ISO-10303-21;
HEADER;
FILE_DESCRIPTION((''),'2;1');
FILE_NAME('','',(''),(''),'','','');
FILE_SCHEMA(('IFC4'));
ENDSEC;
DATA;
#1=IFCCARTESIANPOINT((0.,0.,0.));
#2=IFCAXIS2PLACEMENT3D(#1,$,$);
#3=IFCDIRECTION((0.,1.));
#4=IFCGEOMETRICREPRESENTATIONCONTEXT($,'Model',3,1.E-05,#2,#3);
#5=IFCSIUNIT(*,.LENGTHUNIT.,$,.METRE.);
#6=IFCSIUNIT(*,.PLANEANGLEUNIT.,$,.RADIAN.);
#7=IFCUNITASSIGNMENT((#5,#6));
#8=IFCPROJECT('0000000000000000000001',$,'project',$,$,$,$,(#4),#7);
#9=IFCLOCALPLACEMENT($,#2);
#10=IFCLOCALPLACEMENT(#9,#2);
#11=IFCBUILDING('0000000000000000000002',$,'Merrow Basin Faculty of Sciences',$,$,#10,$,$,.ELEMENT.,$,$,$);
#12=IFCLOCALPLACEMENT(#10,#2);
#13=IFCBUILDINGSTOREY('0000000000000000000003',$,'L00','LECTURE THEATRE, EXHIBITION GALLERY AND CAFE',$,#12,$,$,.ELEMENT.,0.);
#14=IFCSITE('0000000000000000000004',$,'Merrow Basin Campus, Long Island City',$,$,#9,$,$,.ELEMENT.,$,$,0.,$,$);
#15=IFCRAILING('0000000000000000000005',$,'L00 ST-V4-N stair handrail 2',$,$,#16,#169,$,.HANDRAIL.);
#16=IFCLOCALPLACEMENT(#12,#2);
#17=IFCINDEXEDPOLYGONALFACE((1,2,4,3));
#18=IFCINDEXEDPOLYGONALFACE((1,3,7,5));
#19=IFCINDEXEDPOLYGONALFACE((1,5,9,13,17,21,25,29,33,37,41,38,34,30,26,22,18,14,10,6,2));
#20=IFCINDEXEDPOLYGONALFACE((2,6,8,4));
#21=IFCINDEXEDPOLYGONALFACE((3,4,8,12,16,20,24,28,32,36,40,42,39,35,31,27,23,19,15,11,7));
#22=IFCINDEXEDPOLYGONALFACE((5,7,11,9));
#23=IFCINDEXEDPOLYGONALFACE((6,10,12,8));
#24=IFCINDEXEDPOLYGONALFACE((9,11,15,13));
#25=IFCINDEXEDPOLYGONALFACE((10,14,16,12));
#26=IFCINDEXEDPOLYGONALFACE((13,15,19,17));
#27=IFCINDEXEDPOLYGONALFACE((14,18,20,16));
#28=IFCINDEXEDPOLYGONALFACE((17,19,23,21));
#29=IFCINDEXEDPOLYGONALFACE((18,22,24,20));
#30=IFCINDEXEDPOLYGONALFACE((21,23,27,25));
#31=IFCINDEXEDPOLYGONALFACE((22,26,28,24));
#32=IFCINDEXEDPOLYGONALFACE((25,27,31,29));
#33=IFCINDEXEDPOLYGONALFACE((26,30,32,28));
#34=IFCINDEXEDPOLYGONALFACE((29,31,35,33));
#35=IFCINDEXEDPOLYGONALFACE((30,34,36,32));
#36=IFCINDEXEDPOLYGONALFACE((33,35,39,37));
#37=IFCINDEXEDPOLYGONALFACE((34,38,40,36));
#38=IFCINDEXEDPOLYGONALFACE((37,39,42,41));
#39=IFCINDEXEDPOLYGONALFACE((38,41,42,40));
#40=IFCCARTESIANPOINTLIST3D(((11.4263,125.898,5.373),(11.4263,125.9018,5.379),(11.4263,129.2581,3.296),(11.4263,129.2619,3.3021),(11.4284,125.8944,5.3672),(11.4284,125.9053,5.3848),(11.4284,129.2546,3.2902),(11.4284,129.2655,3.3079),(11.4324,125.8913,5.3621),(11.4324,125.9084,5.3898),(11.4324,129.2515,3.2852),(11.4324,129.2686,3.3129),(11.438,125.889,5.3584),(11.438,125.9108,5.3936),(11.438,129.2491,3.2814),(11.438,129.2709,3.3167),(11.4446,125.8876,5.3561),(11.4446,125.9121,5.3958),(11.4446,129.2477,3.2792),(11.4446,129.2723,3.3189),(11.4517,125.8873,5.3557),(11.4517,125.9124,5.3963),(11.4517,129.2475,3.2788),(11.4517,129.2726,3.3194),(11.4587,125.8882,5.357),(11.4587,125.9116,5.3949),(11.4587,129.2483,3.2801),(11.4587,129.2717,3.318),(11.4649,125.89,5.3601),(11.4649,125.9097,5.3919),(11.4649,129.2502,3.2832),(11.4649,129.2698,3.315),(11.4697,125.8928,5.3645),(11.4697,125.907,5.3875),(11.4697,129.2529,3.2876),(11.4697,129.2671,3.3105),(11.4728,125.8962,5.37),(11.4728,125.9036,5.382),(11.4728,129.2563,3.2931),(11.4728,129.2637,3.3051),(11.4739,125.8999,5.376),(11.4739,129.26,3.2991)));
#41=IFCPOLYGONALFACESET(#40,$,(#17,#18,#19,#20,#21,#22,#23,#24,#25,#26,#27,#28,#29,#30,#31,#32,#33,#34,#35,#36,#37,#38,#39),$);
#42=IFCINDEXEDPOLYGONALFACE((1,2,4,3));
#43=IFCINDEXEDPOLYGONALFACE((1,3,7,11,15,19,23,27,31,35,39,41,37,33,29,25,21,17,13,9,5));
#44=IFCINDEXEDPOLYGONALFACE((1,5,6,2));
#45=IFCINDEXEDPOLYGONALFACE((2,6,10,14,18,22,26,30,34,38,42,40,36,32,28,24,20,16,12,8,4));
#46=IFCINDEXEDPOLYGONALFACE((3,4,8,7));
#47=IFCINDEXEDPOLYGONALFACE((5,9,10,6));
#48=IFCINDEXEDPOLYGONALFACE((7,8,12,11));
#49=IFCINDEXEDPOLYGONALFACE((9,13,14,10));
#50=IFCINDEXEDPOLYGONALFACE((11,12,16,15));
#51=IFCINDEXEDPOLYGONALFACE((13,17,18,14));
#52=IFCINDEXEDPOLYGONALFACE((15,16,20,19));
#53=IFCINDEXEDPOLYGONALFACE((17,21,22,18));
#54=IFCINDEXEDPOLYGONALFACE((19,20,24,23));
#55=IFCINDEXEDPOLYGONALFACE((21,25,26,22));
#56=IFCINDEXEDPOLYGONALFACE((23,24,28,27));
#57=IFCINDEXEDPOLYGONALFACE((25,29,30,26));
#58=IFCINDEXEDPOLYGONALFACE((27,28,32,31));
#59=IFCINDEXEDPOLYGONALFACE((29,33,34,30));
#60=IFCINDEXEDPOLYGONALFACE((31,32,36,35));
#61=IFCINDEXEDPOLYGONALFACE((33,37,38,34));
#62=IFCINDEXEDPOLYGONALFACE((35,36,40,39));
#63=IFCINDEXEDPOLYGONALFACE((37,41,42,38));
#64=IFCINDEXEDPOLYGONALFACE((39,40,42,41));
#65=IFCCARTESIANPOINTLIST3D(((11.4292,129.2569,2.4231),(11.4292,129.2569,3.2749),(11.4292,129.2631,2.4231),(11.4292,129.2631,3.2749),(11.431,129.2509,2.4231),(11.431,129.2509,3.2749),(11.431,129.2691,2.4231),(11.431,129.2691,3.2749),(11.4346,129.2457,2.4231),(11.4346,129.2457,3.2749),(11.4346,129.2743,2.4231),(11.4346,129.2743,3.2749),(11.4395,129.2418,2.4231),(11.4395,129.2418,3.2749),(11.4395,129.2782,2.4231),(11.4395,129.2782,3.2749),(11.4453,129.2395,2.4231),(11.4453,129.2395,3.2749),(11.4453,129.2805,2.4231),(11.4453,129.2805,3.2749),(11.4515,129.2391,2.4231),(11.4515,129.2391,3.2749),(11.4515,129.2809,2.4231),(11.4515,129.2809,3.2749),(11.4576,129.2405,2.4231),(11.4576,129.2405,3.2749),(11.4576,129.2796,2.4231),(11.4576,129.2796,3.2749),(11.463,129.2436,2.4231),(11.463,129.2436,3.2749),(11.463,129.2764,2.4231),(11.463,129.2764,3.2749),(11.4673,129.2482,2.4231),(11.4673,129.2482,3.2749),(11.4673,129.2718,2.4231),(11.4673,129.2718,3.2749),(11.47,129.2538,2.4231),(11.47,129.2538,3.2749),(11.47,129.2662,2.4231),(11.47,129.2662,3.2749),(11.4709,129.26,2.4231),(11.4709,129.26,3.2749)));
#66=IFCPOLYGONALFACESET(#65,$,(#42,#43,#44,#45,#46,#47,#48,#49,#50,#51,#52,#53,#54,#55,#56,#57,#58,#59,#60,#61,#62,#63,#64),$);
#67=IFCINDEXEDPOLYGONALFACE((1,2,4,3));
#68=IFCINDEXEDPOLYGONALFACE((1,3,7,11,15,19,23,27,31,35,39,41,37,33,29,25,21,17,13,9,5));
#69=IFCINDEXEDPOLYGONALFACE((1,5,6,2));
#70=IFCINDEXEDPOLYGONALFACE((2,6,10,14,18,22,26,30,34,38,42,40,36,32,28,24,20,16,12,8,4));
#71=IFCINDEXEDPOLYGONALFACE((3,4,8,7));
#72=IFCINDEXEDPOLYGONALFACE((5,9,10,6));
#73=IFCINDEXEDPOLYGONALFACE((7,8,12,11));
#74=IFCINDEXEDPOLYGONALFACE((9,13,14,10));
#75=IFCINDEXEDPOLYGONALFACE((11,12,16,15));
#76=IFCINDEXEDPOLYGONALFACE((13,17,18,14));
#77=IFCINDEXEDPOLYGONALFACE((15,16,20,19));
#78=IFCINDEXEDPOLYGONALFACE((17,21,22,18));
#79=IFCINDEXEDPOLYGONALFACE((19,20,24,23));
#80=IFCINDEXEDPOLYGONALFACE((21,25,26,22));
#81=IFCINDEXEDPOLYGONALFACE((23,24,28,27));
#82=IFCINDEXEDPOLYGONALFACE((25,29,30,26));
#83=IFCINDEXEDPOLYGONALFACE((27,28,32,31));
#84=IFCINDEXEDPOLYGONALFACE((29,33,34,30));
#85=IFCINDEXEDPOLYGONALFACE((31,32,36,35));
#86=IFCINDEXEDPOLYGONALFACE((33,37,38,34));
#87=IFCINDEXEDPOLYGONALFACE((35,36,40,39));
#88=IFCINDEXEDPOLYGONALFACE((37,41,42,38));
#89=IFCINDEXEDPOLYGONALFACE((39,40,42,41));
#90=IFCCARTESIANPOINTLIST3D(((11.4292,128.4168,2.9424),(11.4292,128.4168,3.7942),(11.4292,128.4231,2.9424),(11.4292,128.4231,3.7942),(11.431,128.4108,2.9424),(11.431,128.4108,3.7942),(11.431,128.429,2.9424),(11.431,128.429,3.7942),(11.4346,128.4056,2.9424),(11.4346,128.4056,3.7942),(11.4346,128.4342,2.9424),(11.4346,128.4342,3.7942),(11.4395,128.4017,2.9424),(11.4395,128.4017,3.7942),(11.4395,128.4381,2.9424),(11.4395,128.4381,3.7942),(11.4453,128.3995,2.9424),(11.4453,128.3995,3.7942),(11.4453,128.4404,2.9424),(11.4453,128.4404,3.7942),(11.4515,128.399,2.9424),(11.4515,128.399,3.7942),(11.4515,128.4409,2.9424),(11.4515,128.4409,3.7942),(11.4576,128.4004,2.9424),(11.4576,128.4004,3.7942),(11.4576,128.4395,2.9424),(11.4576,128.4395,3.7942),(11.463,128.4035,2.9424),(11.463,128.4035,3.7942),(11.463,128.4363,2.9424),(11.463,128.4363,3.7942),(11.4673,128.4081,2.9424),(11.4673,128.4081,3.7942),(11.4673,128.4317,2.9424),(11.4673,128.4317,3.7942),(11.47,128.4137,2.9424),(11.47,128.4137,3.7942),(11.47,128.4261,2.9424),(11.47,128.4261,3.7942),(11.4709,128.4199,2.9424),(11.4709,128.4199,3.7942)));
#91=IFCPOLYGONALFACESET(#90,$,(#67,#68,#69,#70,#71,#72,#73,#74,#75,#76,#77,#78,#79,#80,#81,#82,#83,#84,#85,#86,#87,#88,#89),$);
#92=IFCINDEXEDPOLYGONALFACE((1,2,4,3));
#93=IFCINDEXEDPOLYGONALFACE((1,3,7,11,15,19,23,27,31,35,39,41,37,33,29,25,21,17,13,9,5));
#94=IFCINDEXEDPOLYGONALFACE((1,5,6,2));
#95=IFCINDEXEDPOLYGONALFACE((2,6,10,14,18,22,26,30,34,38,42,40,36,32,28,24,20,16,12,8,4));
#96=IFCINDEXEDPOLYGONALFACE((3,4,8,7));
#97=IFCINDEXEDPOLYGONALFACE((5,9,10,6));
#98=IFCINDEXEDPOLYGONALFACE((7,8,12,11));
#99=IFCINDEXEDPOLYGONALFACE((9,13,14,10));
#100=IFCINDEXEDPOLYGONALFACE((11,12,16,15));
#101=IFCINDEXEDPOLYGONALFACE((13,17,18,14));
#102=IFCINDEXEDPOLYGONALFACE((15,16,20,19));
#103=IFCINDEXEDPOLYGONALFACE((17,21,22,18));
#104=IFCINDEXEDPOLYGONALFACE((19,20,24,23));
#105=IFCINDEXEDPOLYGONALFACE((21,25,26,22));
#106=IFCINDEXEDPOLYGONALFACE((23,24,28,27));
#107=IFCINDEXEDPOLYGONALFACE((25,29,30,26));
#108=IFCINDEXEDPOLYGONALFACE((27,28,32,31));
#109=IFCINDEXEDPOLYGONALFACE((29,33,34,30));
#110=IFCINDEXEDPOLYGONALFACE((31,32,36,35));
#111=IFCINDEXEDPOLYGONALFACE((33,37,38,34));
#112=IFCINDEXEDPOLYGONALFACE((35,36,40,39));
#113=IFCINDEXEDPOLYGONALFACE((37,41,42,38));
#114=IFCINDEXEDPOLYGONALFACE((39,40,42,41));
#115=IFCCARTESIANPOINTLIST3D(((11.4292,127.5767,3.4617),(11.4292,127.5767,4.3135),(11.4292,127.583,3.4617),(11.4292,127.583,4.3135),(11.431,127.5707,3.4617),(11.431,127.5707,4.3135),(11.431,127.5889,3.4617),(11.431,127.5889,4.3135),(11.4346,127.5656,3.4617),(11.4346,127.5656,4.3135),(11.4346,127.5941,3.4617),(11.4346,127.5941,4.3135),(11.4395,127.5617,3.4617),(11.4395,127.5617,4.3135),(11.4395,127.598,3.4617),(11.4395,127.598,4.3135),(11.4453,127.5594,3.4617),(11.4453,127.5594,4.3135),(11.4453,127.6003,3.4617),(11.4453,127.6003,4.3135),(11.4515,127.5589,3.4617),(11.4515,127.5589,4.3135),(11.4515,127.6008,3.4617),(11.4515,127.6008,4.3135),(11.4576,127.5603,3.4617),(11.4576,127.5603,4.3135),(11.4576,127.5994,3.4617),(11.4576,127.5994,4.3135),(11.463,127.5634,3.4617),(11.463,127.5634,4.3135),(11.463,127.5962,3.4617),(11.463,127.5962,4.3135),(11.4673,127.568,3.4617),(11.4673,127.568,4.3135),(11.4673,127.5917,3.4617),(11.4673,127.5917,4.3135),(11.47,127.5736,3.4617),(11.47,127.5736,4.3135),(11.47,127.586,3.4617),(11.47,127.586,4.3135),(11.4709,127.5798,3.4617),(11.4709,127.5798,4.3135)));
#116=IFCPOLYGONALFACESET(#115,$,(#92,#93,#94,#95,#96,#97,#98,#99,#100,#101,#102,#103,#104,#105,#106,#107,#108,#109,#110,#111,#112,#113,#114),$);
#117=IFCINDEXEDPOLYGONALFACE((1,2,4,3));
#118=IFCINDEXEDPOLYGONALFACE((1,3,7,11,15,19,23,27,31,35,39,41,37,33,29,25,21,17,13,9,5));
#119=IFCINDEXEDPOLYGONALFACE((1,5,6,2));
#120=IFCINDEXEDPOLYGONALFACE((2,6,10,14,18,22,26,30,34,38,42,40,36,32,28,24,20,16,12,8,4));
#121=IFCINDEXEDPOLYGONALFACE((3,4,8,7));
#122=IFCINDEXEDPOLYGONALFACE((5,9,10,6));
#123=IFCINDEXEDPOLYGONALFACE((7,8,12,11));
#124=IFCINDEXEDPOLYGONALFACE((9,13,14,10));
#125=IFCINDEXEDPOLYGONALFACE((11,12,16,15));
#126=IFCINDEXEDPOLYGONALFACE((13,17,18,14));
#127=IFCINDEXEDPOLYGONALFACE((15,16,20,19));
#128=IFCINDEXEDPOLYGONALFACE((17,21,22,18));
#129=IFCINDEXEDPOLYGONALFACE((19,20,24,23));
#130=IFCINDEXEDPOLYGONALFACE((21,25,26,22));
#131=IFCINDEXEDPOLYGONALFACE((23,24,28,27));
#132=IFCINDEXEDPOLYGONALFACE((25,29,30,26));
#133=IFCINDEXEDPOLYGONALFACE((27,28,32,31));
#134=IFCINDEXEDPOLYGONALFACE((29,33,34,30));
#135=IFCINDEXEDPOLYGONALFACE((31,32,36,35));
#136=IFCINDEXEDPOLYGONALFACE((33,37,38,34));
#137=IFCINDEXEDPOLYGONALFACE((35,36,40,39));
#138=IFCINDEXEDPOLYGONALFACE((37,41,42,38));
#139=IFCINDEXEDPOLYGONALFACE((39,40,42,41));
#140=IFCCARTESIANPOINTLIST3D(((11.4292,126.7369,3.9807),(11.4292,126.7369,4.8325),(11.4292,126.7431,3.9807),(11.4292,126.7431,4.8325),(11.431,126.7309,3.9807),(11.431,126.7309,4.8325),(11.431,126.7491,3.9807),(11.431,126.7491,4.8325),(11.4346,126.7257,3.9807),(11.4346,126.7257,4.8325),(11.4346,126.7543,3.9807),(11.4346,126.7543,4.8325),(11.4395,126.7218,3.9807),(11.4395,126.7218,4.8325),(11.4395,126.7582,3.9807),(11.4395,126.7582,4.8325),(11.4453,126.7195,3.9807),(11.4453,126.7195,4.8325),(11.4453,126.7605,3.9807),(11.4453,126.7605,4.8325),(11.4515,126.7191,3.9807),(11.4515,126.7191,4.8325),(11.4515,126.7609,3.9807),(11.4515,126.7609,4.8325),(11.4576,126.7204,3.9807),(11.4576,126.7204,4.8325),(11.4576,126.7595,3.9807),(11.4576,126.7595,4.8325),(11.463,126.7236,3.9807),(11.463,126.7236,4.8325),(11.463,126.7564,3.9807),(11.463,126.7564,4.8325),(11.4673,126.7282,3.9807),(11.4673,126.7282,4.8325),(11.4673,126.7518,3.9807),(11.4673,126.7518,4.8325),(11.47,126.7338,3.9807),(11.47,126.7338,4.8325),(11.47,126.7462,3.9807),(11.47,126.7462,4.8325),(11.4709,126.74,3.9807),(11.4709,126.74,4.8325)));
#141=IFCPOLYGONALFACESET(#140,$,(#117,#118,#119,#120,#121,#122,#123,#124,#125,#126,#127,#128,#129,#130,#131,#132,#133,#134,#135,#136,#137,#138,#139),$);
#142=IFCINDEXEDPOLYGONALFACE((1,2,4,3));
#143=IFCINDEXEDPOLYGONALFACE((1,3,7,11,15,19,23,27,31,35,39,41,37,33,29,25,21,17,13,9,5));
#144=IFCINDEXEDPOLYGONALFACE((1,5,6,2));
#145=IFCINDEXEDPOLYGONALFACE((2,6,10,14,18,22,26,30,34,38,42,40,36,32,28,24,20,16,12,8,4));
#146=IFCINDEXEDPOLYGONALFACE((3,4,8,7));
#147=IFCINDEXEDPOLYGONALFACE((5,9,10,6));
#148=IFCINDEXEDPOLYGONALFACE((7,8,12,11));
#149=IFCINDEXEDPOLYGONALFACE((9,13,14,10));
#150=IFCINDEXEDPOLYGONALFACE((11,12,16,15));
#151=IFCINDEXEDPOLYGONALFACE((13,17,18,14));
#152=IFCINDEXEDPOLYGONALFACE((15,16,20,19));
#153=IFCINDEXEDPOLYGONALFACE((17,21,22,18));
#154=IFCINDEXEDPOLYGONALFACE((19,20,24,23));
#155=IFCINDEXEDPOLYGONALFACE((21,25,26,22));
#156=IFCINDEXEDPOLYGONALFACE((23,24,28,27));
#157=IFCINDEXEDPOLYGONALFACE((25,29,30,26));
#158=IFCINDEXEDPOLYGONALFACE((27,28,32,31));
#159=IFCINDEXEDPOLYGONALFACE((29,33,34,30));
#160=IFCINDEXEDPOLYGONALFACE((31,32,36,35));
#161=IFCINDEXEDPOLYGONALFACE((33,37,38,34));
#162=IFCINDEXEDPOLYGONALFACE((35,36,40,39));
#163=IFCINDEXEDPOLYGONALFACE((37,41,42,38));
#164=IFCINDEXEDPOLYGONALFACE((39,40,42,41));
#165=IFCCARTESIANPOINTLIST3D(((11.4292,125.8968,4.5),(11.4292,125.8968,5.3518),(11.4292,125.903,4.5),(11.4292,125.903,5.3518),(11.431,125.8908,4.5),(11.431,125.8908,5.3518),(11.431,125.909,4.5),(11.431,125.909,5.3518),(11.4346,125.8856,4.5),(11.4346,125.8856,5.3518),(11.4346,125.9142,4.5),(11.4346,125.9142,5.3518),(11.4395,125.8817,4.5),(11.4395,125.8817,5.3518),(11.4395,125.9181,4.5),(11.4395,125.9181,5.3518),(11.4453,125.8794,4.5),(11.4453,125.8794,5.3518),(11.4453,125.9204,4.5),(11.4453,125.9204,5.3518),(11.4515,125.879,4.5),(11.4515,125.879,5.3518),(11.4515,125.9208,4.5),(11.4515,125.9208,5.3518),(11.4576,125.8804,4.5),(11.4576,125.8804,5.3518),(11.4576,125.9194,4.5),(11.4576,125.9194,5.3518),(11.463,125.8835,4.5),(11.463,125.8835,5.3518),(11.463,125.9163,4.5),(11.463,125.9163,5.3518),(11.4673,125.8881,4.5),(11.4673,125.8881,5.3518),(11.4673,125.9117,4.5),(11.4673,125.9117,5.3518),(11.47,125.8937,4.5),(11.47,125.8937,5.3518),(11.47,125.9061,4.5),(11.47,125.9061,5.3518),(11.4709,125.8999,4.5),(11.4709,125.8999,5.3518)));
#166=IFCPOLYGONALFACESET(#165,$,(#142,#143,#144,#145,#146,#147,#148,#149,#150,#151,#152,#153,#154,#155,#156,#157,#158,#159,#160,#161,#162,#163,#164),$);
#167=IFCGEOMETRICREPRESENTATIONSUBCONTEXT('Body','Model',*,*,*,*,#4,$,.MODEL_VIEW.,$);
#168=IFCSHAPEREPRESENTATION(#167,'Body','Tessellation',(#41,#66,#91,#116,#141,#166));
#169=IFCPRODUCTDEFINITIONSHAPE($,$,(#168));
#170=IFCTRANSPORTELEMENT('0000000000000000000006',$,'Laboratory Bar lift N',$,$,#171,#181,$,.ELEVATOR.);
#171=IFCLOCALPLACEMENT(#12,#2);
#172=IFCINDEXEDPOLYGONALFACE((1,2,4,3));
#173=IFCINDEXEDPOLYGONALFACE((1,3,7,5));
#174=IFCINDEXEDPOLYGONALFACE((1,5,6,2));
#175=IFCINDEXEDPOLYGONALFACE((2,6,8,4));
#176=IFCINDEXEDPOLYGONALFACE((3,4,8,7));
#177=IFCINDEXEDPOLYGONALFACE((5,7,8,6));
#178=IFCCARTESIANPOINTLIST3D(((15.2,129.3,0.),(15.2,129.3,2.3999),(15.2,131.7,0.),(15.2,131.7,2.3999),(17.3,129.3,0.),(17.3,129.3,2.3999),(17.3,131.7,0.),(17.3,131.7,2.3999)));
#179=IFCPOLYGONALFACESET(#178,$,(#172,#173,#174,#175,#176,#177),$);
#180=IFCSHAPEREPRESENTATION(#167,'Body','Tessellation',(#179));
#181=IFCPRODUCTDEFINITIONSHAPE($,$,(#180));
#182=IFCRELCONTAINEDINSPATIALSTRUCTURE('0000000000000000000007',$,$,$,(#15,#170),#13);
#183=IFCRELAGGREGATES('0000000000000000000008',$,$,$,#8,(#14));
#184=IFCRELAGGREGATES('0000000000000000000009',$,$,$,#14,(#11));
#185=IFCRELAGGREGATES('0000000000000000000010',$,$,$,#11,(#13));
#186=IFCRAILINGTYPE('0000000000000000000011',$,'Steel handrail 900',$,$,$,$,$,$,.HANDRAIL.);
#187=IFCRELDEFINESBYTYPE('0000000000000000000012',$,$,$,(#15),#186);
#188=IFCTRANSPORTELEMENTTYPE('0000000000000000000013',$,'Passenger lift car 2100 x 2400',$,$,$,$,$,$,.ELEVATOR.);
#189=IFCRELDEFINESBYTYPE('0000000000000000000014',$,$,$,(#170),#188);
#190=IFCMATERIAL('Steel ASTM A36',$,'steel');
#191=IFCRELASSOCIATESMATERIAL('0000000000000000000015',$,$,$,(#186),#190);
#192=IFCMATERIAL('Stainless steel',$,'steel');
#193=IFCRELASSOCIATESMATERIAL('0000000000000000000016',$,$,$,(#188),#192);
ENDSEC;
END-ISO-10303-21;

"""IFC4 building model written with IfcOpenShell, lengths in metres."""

from ifc_helpers import new_model, si_unit, direction, frame, origin, origin_2d, place, context, subcontext, project, spatial, rectangle, circle, extrude, material, type_object, element, save


model = new_model("IFC4")

# Units and contexts
model_context = context("Model", 3, precision=1e-05, world=origin(), true_north=direction((0.0, 1.0)))
body_context = subcontext(model_context, "Body", "Model", "MODEL_VIEW")
ifc_project = project(units=[si_unit("LENGTHUNIT", "METRE"), si_unit("PLANEANGLEUNIT", "RADIAN")], contexts=[model_context])

# Site, building, storey
site_placement = place(None, origin())
site = spatial("IfcSite", under=ifc_project, at=site_placement, Name="Merrow Basin Campus, Long Island City", CompositionType="ELEMENT", RefElevation=0.0)
building_placement = place(site_placement, origin())
building = spatial("IfcBuilding", under=site, at=building_placement, Name="Merrow Basin Faculty of Sciences", CompositionType="ELEMENT")
storey_placement = place(building_placement, origin())
storey = spatial("IfcBuildingStorey", under=building, at=storey_placement, Name="L00", Description="LECTURE THEATRE, EXHIBITION GALLERY AND CAFE", CompositionType="ELEMENT", Elevation=0.0)

# Railing
ifc_material_1 = material(Name="Steel ASTM A36", Category="steel")
railing_type_1 = type_object("IfcRailingType", Name="Steel handrail 900", PredefinedType="HANDRAIL", material=ifc_material_1)
railing_1_placement = place(storey_placement, frame((11.45, 129.26, 2.4231)))
element("IfcRailing", 1, at=railing_1_placement, inside=storey, type_object=railing_type_1, Name="L00 ST-V4-N stair handrail 2", PredefinedType="HANDRAIL", context=body_context, shape_type="SweptSolid", body=[
    extrude(circle(Radius=0.0239, at=origin_2d()), frame((0.0, 0.0, 0.876), z_axis=(0.0, -0.850623, 0.525776), x_axis=(1.0, 0.0, 0.0)), (0.0, 0.0, 1.0), 3.9502),
    extrude(circle(Radius=0.021, at=origin_2d()), origin(), (0.0, 0.0, 1.0), 0.8518),
    extrude(circle(Radius=0.021, at=origin_2d()), frame((0.0, -0.8401, 0.5193)), (0.0, 0.0, 1.0), 0.8518),
    extrude(circle(Radius=0.021, at=origin_2d()), frame((0.0, -1.6802, 1.0386)), (0.0, 0.0, 1.0), 0.8518),
    extrude(circle(Radius=0.021, at=origin_2d()), frame((0.0, -2.52, 1.5576)), (0.0, 0.0, 1.0), 0.8518),
    extrude(circle(Radius=0.021, at=origin_2d()), frame((0.0, -3.3601, 2.0769)), (0.0, 0.0, 1.0), 0.8518),
])

# Transport element
ifc_material_2 = material(Name="Stainless steel", Category="steel")
transport_element_type = type_object("IfcTransportElementType", Name="Passenger lift car 2100 x 2400", PredefinedType="ELEVATOR", material=ifc_material_2)
transport_element_placement = place(storey_placement, frame((16.25, 130.5, 0.0), z_axis=(0.0, 0.0, 1.0), x_axis=(1.0, 0.0, 0.0)))
element("IfcTransportElement", 2, at=transport_element_placement, inside=storey, type_object=transport_element_type, Name="Laboratory Bar lift N", PredefinedType="ELEVATOR", context=body_context, shape_type="SweptSolid", body=[
    extrude(rectangle(XDim=2.1001, YDim=2.3999, at=origin_2d()), origin(), (0.0, 0.0, 1.0), 2.3999),
])

save(model, "model.ifc")
